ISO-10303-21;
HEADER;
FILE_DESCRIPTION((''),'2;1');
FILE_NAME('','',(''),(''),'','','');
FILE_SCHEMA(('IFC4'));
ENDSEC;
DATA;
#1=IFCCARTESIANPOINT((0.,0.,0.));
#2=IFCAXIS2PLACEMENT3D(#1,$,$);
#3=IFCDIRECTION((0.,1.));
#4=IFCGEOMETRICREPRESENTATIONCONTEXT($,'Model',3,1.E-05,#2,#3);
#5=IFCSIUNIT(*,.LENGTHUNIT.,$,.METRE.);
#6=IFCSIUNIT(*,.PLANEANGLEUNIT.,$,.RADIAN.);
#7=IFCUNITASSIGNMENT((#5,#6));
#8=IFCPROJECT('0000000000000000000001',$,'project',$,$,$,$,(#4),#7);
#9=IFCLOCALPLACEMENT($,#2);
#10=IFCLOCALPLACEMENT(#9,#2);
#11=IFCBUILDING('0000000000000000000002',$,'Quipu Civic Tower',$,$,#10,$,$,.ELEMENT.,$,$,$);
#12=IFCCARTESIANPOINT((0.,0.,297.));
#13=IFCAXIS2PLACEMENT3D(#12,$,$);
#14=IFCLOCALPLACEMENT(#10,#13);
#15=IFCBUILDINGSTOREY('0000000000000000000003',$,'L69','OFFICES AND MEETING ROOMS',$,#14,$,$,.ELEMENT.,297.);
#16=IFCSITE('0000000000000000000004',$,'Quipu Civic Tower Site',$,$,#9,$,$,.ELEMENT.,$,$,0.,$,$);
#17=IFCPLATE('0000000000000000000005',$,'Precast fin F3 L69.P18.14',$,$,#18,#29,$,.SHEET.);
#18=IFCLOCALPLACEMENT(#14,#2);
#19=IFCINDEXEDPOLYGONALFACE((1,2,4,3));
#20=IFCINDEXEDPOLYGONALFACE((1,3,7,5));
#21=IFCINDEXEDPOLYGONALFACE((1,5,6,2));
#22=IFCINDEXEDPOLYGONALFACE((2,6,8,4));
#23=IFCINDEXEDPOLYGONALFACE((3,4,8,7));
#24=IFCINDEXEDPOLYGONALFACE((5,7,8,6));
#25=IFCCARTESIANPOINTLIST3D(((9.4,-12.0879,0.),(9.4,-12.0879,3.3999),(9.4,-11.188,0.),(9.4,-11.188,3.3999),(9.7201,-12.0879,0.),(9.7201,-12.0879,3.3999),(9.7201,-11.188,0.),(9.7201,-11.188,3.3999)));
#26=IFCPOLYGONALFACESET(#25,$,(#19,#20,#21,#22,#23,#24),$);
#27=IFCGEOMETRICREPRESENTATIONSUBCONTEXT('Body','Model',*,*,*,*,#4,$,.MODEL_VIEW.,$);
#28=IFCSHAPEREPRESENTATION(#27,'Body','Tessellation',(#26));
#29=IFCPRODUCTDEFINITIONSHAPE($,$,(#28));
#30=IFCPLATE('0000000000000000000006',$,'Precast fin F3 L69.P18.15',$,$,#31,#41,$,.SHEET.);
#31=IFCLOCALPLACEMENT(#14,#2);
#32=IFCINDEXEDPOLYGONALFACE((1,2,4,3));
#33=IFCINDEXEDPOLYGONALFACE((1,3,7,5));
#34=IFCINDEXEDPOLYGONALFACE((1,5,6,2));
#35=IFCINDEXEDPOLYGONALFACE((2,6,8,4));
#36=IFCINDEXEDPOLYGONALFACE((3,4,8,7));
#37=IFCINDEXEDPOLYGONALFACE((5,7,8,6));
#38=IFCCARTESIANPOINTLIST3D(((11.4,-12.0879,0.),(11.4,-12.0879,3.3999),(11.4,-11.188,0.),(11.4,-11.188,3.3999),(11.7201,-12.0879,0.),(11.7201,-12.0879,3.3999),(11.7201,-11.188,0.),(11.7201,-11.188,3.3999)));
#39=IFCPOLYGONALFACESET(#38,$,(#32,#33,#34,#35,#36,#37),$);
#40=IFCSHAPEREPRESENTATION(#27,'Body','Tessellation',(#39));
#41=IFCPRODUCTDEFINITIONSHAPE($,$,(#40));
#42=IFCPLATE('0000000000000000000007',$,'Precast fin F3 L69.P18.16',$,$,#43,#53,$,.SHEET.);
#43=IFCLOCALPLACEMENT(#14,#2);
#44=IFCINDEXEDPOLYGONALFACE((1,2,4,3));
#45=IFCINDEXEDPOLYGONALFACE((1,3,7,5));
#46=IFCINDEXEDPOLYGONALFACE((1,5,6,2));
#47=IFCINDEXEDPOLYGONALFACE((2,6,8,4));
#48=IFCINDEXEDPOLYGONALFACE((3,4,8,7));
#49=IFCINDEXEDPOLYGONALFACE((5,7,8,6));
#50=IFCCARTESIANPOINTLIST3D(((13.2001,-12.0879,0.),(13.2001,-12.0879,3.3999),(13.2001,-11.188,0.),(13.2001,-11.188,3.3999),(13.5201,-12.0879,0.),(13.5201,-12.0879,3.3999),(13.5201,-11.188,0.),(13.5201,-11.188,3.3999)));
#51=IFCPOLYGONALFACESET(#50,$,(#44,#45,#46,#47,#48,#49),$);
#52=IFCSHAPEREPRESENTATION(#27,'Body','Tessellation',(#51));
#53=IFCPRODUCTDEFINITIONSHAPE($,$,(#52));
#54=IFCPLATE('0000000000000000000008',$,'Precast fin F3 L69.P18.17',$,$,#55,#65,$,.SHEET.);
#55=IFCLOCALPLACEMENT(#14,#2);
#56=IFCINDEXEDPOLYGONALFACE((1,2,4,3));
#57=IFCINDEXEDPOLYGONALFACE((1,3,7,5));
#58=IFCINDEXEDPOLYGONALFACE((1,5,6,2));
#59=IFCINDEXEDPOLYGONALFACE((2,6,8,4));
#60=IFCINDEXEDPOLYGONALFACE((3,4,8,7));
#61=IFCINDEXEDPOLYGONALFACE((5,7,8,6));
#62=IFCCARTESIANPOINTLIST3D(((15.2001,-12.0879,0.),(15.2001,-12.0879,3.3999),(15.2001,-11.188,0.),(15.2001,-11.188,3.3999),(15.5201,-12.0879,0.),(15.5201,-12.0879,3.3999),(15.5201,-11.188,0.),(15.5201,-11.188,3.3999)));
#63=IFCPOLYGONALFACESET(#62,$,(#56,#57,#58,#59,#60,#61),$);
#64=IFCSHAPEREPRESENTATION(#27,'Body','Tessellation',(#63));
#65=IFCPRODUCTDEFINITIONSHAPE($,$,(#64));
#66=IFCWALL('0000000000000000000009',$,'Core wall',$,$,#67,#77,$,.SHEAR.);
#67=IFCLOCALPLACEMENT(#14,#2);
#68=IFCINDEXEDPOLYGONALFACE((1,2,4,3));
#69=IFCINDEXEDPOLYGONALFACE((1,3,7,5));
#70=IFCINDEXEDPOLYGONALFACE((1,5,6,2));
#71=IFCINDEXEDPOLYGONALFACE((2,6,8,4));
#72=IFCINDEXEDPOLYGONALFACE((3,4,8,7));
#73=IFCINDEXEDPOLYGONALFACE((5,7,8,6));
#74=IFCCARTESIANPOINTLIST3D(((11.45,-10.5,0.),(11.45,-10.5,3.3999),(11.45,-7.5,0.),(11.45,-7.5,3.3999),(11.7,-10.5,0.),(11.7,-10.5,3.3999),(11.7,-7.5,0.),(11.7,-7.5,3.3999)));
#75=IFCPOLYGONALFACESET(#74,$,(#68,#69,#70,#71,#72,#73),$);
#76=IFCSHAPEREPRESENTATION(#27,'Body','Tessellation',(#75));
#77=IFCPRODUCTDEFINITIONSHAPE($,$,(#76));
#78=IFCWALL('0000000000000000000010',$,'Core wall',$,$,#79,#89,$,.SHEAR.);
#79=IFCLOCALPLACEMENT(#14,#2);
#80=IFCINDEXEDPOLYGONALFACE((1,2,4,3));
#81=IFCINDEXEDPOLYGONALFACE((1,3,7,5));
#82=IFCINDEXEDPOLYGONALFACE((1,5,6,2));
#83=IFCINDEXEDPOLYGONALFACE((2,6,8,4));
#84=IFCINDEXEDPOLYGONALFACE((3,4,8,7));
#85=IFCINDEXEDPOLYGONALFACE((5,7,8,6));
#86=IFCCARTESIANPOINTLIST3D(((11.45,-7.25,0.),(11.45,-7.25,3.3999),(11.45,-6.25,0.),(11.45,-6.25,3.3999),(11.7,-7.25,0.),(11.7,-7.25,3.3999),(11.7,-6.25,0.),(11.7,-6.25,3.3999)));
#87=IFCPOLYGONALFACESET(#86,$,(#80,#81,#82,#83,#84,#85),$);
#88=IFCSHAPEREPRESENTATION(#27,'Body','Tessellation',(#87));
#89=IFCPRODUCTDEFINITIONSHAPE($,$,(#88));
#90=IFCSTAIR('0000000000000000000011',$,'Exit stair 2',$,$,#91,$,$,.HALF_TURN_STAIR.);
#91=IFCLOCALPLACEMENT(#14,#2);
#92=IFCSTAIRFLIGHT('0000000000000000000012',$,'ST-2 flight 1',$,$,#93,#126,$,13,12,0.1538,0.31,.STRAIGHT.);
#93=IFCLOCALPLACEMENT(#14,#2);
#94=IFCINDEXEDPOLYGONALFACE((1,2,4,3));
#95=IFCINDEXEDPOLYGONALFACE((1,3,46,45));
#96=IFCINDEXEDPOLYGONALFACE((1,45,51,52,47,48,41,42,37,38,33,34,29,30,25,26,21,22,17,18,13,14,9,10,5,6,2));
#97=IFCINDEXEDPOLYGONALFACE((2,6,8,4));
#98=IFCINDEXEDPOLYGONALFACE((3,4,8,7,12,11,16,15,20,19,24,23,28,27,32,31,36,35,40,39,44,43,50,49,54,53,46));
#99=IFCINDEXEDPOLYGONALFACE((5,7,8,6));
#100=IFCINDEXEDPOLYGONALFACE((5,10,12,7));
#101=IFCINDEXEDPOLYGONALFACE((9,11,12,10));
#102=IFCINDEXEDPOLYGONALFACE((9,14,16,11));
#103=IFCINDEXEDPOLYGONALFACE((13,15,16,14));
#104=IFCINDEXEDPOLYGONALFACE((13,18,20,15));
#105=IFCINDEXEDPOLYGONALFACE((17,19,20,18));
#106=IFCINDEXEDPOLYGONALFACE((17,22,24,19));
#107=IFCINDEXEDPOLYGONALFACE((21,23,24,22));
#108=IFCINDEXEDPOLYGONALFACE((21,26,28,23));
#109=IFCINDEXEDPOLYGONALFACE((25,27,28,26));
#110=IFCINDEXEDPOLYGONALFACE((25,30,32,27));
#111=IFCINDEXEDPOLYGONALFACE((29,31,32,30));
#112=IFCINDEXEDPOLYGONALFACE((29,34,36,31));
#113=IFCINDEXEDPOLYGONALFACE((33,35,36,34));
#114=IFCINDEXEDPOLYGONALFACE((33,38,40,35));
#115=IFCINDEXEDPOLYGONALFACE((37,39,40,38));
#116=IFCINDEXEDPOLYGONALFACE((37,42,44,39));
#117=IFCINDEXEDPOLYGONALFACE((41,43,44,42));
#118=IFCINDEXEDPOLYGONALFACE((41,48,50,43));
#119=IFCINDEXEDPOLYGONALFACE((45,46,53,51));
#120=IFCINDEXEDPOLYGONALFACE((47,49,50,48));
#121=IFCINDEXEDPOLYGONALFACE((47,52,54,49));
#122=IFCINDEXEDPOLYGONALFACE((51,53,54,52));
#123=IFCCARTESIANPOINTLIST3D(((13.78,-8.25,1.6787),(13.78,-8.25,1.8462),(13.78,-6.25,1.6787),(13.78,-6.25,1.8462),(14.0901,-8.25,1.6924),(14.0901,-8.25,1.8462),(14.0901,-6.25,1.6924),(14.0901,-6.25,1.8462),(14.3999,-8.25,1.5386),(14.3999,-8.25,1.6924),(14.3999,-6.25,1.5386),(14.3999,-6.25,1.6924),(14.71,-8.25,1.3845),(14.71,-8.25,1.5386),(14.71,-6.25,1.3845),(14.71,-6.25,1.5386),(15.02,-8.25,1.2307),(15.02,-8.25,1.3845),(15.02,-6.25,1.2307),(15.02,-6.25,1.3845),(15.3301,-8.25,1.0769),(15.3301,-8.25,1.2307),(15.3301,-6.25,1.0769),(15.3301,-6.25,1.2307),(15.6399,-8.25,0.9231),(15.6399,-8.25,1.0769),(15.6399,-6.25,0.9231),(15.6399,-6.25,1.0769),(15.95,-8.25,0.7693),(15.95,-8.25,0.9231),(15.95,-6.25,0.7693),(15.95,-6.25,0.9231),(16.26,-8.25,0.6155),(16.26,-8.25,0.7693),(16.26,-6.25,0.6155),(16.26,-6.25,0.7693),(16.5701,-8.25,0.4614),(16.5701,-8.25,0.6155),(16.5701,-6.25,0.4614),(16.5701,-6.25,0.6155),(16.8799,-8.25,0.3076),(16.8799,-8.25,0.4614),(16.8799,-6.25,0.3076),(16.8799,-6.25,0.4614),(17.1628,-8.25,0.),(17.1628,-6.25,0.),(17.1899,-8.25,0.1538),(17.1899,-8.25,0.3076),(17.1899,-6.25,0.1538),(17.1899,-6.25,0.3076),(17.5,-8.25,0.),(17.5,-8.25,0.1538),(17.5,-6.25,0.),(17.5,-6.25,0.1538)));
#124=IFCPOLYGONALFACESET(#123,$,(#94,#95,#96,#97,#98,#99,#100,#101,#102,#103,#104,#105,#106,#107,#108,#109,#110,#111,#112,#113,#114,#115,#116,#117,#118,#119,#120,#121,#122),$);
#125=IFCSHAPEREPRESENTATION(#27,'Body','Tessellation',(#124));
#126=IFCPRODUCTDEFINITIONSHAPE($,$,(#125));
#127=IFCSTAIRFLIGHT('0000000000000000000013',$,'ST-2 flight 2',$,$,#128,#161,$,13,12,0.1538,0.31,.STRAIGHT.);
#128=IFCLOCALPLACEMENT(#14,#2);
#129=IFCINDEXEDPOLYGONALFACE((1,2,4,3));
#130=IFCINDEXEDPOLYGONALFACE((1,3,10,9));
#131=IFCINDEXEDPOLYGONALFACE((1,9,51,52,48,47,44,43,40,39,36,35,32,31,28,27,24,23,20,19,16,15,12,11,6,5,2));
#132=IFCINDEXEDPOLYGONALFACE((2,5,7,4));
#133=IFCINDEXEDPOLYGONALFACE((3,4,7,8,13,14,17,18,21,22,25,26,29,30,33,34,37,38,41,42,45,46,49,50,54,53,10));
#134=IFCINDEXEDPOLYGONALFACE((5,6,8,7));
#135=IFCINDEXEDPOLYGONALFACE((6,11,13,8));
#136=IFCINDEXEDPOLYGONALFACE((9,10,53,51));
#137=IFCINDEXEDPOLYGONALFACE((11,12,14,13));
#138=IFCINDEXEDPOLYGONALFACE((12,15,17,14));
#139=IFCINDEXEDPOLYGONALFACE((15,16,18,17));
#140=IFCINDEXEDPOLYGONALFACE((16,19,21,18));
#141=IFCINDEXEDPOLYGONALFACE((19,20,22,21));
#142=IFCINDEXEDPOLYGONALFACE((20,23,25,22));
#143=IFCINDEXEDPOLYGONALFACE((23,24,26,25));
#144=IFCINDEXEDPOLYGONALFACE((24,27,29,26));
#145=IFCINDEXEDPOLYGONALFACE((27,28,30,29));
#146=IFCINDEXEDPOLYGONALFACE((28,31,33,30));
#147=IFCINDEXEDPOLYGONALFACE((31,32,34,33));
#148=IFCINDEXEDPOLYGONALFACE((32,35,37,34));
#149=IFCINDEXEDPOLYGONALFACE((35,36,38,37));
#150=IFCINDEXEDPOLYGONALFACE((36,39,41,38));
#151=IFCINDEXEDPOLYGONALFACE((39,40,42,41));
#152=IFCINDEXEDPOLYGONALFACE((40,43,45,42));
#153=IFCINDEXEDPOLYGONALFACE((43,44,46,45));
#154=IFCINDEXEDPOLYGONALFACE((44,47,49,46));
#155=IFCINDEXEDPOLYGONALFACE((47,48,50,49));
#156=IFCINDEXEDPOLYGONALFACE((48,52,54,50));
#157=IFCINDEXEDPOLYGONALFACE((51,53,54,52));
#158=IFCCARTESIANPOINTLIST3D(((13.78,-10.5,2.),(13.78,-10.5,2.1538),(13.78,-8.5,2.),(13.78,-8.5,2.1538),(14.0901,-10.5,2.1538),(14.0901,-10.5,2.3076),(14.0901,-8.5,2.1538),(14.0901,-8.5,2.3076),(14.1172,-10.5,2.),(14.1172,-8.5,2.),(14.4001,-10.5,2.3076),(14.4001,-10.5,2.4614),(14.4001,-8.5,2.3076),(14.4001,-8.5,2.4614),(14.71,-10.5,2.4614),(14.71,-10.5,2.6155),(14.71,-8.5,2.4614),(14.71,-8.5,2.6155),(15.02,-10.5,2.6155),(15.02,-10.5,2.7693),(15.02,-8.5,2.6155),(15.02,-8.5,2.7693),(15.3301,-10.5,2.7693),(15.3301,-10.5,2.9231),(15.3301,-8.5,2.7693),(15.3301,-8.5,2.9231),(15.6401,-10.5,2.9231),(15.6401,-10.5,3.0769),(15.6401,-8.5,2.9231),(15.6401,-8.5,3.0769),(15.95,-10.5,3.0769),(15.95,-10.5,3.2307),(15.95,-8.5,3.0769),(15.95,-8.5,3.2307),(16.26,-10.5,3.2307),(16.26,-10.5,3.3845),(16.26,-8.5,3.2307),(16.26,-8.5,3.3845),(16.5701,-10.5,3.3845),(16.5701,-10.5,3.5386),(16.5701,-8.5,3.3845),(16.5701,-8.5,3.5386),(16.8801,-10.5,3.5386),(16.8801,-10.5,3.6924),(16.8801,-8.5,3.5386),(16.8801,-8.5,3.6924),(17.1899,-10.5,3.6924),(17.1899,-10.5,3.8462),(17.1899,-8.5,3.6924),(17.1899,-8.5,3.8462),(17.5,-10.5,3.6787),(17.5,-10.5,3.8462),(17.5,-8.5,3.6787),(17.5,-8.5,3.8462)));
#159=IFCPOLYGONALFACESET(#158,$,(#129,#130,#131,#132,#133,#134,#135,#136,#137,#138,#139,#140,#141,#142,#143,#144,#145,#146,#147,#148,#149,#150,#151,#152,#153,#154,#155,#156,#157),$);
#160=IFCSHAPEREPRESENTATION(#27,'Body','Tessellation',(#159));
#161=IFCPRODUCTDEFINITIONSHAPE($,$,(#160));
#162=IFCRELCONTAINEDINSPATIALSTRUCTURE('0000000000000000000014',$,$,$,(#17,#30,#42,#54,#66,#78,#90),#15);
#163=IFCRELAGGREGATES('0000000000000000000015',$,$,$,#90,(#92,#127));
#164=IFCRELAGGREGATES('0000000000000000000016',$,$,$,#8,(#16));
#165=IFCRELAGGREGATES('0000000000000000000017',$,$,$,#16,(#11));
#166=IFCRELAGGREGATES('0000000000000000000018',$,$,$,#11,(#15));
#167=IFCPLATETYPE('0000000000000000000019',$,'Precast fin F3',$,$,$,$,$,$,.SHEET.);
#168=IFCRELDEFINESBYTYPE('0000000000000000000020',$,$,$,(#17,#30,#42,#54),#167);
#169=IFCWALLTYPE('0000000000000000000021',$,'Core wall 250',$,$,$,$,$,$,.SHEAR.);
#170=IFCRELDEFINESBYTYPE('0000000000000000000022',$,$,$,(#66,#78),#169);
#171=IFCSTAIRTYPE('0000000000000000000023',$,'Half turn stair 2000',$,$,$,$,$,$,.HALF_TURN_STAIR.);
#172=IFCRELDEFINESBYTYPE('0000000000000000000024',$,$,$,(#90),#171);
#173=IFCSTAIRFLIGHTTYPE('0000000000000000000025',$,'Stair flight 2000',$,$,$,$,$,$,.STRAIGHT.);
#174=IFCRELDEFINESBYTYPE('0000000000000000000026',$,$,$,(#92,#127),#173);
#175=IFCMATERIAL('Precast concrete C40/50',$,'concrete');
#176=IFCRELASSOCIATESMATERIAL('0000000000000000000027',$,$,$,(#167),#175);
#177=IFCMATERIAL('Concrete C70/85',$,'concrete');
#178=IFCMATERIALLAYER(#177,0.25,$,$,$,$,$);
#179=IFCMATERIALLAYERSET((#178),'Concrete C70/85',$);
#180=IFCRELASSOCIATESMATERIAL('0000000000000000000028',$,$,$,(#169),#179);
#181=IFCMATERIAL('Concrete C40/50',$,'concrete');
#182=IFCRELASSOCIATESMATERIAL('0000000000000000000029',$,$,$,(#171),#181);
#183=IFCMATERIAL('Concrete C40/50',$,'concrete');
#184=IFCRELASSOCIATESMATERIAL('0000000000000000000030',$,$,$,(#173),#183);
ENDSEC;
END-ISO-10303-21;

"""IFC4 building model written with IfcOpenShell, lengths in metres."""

from ifc_helpers import new_model, si_unit, direction, frame, frame_2d, origin, origin_2d, place, context, subcontext, project, spatial, polyline, rectangle, outline, extrude, material, layer, layer_set, type_object, element, aggregate, save


model = new_model("IFC4")

# Units and contexts
model_context = context("Model", 3, precision=1e-05, world=origin(), true_north=direction((0.0, 1.0)))
body_context = subcontext(model_context, "Body", "Model", "MODEL_VIEW")
ifc_project = project(units=[si_unit("LENGTHUNIT", "METRE"), si_unit("PLANEANGLEUNIT", "RADIAN")], contexts=[model_context])

# Site, building, storey
site_placement = place(None, origin())
site = spatial("IfcSite", under=ifc_project, at=site_placement, Name="Quipu Civic Tower Site", CompositionType="ELEMENT", RefElevation=0.0)
building_placement = place(site_placement, origin())
building = spatial("IfcBuilding", under=site, at=building_placement, Name="Quipu Civic Tower", CompositionType="ELEMENT")
storey_placement = place(building_placement, frame((0.0, 0.0, 297.0)))
storey = spatial("IfcBuildingStorey", under=building, at=storey_placement, Name="L69", Description="OFFICES AND MEETING ROOMS", CompositionType="ELEMENT", Elevation=297.0)

# Plates
ifc_material_1 = material(Name="Precast concrete C40/50", Category="concrete")
plate_type = type_object("IfcPlateType", Name="Precast fin F3", PredefinedType="SHEET", material=ifc_material_1)
for number, where, z_axis, x_axis, name in (
    (1, (9.5601, -11.6379, 0.0), (0.0, 0.0, 1.0), (1.0, 0.0, 0.0), "Precast fin F3 L69.P18.14"),
    (2, (11.5601, -11.6379, 0.0), (0.0, 0.0, 1.0), (1.0, 0.0, 0.0), "Precast fin F3 L69.P18.15"),
    (3, (13.3601, -11.6379, 0.0), (0.0, 0.0, 1.0), (1.0, 0.0, 0.0), "Precast fin F3 L69.P18.16"),
    (4, (15.3601, -11.6379, 0.0), (0.0, 0.0, 1.0), (1.0, 0.0, 0.0), "Precast fin F3 L69.P18.17"),
):
    element("IfcPlate", number, at=place(storey_placement, frame(where, z_axis=z_axis, x_axis=x_axis)), inside=storey, type_object=plate_type, Name=name, PredefinedType="SHEET", context=body_context, shape_type="SweptSolid", body=[
        extrude(rectangle(XDim=0.3201, YDim=0.8999, at=origin_2d()), origin(), (0.0, 0.0, 1.0), 3.3999),
    ])

# Wall
ifc_material_2 = material(Name="Concrete C70/85", Category="concrete")
ifc_layer = layer(ifc_material_2, 0.25)
ifc_layer_set = layer_set([ifc_layer], Name="Concrete C70/85")
wall_type = type_object("IfcWallType", Name="Core wall 250", PredefinedType="SHEAR", material=ifc_layer_set)
wall_1_placement = place(storey_placement, frame((11.575, -10.5, 0.0), z_axis=(0.0, 0.0, 1.0), x_axis=(0.0, 1.0, 0.0)))
element("IfcWall", 5, at=wall_1_placement, inside=storey, type_object=wall_type, Name="Core wall", PredefinedType="SHEAR", context=body_context, shape_type="SweptSolid", body=[
    extrude(rectangle(XDim=3.0, YDim=0.25, at=frame_2d((1.5, 0.0))), origin(), (0.0, 0.0, 1.0), 3.3999),
])

# Wall
wall_2_placement = place(storey_placement, frame((11.575, -7.25, 0.0), z_axis=(0.0, 0.0, 1.0), x_axis=(0.0, 1.0, 0.0)))
element("IfcWall", 6, at=wall_2_placement, inside=storey, type_object=wall_type, Name="Core wall", PredefinedType="SHEAR", context=body_context, shape_type="SweptSolid", body=[
    extrude(rectangle(XDim=1.0, YDim=0.25, at=frame_2d((0.5, 0.0))), origin(), (0.0, 0.0, 1.0), 3.3999),
])

# Stair, stair flights
ifc_material_3 = material(Name="Concrete C40/50", Category="concrete")
stair_type = type_object("IfcStairType", Name="Half turn stair 2000", PredefinedType="HALF_TURN_STAIR", material=ifc_material_3)
stair_placement = place(storey_placement, origin())
stair = element("IfcStair", 7, at=stair_placement, inside=storey, type_object=stair_type, Name="Exit stair 2", PredefinedType="HALF_TURN_STAIR")
ifc_material_4 = material(Name="Concrete C40/50", Category="concrete")
stair_flight_type = type_object("IfcStairFlightType", Name="Stair flight 2000", PredefinedType="STRAIGHT", material=ifc_material_4)
stair_flight_1_placement = place(storey_placement, frame((17.5, -7.25, 0.0), z_axis=(0.0, 0.0, 1.0), x_axis=(-1.0, 0.0, 0.0)))
stair_flight_1 = element("IfcStairFlight", 8, at=stair_flight_1_placement, type_object=stair_flight_type, Name="ST-2 flight 1", NumberOfRisers=13, NumberOfTreads=12, PredefinedType="STRAIGHT", RiserHeight=0.1538, TreadLength=0.31, context=body_context, shape_type="SweptSolid", body=[
    extrude(outline(polyline([(0.0, 0.0), (0.0, 0.1538), (0.3101, 0.1538), (0.3101, 0.3076), (0.6201, 0.3076), (0.6201, 0.4614), (0.9299, 0.4614), (0.9299, 0.6155), (1.24, 0.6155), (1.24, 0.7693), (1.55, 0.7693), (1.55, 0.9231), (1.8601, 0.9231), (1.8601, 1.0769), (2.1699, 1.0769), (2.1699, 1.2307), (2.48, 1.2307), (2.48, 1.3845), (2.79, 1.3845), (2.79, 1.5386), (3.1001, 1.5386), (3.1001, 1.6924), (3.4099, 1.6924), (3.4099, 1.8462), (3.72, 1.8462), (3.72, 2.0), (3.72, 1.6787), (0.3372, 0.0), (0.0, 0.0)])), frame((0.0, 1.0, 0.0), z_axis=(0.0, -1.0, 0.0), x_axis=(1.0, 0.0, 0.0)), (0.0, 0.0, 1.0), 2.0),
])
stair_flight_2_placement = place(storey_placement, frame((13.78, -9.5, 2.0), z_axis=(0.0, 0.0, 1.0), x_axis=(1.0, 0.0, 0.0)))
stair_flight_2 = element("IfcStairFlight", 9, at=stair_flight_2_placement, type_object=stair_flight_type, Name="ST-2 flight 2", NumberOfRisers=13, NumberOfTreads=12, PredefinedType="STRAIGHT", RiserHeight=0.1538, TreadLength=0.31, context=body_context, shape_type="SweptSolid", body=[
    extrude(outline(polyline([(0.0, 0.0), (0.0, 0.1538), (0.3101, 0.1538), (0.3101, 0.3076), (0.6201, 0.3076), (0.6201, 0.4614), (0.9299, 0.4614), (0.9299, 0.6155), (1.24, 0.6155), (1.24, 0.7693), (1.55, 0.7693), (1.55, 0.9231), (1.8601, 0.9231), (1.8601, 1.0769), (2.1699, 1.0769), (2.1699, 1.2307), (2.48, 1.2307), (2.48, 1.3845), (2.79, 1.3845), (2.79, 1.5386), (3.1001, 1.5386), (3.1001, 1.6924), (3.4099, 1.6924), (3.4099, 1.8462), (3.72, 1.8462), (3.72, 2.0), (3.72, 1.6787), (0.3372, 0.0), (0.0, 0.0)])), frame((0.0, 1.0, 0.0), z_axis=(0.0, -1.0, 0.0), x_axis=(1.0, 0.0, 0.0)), (0.0, 0.0, 1.0), 2.0),
])
aggregate(stair, [stair_flight_1, stair_flight_2])

save(model, "model.ifc")
